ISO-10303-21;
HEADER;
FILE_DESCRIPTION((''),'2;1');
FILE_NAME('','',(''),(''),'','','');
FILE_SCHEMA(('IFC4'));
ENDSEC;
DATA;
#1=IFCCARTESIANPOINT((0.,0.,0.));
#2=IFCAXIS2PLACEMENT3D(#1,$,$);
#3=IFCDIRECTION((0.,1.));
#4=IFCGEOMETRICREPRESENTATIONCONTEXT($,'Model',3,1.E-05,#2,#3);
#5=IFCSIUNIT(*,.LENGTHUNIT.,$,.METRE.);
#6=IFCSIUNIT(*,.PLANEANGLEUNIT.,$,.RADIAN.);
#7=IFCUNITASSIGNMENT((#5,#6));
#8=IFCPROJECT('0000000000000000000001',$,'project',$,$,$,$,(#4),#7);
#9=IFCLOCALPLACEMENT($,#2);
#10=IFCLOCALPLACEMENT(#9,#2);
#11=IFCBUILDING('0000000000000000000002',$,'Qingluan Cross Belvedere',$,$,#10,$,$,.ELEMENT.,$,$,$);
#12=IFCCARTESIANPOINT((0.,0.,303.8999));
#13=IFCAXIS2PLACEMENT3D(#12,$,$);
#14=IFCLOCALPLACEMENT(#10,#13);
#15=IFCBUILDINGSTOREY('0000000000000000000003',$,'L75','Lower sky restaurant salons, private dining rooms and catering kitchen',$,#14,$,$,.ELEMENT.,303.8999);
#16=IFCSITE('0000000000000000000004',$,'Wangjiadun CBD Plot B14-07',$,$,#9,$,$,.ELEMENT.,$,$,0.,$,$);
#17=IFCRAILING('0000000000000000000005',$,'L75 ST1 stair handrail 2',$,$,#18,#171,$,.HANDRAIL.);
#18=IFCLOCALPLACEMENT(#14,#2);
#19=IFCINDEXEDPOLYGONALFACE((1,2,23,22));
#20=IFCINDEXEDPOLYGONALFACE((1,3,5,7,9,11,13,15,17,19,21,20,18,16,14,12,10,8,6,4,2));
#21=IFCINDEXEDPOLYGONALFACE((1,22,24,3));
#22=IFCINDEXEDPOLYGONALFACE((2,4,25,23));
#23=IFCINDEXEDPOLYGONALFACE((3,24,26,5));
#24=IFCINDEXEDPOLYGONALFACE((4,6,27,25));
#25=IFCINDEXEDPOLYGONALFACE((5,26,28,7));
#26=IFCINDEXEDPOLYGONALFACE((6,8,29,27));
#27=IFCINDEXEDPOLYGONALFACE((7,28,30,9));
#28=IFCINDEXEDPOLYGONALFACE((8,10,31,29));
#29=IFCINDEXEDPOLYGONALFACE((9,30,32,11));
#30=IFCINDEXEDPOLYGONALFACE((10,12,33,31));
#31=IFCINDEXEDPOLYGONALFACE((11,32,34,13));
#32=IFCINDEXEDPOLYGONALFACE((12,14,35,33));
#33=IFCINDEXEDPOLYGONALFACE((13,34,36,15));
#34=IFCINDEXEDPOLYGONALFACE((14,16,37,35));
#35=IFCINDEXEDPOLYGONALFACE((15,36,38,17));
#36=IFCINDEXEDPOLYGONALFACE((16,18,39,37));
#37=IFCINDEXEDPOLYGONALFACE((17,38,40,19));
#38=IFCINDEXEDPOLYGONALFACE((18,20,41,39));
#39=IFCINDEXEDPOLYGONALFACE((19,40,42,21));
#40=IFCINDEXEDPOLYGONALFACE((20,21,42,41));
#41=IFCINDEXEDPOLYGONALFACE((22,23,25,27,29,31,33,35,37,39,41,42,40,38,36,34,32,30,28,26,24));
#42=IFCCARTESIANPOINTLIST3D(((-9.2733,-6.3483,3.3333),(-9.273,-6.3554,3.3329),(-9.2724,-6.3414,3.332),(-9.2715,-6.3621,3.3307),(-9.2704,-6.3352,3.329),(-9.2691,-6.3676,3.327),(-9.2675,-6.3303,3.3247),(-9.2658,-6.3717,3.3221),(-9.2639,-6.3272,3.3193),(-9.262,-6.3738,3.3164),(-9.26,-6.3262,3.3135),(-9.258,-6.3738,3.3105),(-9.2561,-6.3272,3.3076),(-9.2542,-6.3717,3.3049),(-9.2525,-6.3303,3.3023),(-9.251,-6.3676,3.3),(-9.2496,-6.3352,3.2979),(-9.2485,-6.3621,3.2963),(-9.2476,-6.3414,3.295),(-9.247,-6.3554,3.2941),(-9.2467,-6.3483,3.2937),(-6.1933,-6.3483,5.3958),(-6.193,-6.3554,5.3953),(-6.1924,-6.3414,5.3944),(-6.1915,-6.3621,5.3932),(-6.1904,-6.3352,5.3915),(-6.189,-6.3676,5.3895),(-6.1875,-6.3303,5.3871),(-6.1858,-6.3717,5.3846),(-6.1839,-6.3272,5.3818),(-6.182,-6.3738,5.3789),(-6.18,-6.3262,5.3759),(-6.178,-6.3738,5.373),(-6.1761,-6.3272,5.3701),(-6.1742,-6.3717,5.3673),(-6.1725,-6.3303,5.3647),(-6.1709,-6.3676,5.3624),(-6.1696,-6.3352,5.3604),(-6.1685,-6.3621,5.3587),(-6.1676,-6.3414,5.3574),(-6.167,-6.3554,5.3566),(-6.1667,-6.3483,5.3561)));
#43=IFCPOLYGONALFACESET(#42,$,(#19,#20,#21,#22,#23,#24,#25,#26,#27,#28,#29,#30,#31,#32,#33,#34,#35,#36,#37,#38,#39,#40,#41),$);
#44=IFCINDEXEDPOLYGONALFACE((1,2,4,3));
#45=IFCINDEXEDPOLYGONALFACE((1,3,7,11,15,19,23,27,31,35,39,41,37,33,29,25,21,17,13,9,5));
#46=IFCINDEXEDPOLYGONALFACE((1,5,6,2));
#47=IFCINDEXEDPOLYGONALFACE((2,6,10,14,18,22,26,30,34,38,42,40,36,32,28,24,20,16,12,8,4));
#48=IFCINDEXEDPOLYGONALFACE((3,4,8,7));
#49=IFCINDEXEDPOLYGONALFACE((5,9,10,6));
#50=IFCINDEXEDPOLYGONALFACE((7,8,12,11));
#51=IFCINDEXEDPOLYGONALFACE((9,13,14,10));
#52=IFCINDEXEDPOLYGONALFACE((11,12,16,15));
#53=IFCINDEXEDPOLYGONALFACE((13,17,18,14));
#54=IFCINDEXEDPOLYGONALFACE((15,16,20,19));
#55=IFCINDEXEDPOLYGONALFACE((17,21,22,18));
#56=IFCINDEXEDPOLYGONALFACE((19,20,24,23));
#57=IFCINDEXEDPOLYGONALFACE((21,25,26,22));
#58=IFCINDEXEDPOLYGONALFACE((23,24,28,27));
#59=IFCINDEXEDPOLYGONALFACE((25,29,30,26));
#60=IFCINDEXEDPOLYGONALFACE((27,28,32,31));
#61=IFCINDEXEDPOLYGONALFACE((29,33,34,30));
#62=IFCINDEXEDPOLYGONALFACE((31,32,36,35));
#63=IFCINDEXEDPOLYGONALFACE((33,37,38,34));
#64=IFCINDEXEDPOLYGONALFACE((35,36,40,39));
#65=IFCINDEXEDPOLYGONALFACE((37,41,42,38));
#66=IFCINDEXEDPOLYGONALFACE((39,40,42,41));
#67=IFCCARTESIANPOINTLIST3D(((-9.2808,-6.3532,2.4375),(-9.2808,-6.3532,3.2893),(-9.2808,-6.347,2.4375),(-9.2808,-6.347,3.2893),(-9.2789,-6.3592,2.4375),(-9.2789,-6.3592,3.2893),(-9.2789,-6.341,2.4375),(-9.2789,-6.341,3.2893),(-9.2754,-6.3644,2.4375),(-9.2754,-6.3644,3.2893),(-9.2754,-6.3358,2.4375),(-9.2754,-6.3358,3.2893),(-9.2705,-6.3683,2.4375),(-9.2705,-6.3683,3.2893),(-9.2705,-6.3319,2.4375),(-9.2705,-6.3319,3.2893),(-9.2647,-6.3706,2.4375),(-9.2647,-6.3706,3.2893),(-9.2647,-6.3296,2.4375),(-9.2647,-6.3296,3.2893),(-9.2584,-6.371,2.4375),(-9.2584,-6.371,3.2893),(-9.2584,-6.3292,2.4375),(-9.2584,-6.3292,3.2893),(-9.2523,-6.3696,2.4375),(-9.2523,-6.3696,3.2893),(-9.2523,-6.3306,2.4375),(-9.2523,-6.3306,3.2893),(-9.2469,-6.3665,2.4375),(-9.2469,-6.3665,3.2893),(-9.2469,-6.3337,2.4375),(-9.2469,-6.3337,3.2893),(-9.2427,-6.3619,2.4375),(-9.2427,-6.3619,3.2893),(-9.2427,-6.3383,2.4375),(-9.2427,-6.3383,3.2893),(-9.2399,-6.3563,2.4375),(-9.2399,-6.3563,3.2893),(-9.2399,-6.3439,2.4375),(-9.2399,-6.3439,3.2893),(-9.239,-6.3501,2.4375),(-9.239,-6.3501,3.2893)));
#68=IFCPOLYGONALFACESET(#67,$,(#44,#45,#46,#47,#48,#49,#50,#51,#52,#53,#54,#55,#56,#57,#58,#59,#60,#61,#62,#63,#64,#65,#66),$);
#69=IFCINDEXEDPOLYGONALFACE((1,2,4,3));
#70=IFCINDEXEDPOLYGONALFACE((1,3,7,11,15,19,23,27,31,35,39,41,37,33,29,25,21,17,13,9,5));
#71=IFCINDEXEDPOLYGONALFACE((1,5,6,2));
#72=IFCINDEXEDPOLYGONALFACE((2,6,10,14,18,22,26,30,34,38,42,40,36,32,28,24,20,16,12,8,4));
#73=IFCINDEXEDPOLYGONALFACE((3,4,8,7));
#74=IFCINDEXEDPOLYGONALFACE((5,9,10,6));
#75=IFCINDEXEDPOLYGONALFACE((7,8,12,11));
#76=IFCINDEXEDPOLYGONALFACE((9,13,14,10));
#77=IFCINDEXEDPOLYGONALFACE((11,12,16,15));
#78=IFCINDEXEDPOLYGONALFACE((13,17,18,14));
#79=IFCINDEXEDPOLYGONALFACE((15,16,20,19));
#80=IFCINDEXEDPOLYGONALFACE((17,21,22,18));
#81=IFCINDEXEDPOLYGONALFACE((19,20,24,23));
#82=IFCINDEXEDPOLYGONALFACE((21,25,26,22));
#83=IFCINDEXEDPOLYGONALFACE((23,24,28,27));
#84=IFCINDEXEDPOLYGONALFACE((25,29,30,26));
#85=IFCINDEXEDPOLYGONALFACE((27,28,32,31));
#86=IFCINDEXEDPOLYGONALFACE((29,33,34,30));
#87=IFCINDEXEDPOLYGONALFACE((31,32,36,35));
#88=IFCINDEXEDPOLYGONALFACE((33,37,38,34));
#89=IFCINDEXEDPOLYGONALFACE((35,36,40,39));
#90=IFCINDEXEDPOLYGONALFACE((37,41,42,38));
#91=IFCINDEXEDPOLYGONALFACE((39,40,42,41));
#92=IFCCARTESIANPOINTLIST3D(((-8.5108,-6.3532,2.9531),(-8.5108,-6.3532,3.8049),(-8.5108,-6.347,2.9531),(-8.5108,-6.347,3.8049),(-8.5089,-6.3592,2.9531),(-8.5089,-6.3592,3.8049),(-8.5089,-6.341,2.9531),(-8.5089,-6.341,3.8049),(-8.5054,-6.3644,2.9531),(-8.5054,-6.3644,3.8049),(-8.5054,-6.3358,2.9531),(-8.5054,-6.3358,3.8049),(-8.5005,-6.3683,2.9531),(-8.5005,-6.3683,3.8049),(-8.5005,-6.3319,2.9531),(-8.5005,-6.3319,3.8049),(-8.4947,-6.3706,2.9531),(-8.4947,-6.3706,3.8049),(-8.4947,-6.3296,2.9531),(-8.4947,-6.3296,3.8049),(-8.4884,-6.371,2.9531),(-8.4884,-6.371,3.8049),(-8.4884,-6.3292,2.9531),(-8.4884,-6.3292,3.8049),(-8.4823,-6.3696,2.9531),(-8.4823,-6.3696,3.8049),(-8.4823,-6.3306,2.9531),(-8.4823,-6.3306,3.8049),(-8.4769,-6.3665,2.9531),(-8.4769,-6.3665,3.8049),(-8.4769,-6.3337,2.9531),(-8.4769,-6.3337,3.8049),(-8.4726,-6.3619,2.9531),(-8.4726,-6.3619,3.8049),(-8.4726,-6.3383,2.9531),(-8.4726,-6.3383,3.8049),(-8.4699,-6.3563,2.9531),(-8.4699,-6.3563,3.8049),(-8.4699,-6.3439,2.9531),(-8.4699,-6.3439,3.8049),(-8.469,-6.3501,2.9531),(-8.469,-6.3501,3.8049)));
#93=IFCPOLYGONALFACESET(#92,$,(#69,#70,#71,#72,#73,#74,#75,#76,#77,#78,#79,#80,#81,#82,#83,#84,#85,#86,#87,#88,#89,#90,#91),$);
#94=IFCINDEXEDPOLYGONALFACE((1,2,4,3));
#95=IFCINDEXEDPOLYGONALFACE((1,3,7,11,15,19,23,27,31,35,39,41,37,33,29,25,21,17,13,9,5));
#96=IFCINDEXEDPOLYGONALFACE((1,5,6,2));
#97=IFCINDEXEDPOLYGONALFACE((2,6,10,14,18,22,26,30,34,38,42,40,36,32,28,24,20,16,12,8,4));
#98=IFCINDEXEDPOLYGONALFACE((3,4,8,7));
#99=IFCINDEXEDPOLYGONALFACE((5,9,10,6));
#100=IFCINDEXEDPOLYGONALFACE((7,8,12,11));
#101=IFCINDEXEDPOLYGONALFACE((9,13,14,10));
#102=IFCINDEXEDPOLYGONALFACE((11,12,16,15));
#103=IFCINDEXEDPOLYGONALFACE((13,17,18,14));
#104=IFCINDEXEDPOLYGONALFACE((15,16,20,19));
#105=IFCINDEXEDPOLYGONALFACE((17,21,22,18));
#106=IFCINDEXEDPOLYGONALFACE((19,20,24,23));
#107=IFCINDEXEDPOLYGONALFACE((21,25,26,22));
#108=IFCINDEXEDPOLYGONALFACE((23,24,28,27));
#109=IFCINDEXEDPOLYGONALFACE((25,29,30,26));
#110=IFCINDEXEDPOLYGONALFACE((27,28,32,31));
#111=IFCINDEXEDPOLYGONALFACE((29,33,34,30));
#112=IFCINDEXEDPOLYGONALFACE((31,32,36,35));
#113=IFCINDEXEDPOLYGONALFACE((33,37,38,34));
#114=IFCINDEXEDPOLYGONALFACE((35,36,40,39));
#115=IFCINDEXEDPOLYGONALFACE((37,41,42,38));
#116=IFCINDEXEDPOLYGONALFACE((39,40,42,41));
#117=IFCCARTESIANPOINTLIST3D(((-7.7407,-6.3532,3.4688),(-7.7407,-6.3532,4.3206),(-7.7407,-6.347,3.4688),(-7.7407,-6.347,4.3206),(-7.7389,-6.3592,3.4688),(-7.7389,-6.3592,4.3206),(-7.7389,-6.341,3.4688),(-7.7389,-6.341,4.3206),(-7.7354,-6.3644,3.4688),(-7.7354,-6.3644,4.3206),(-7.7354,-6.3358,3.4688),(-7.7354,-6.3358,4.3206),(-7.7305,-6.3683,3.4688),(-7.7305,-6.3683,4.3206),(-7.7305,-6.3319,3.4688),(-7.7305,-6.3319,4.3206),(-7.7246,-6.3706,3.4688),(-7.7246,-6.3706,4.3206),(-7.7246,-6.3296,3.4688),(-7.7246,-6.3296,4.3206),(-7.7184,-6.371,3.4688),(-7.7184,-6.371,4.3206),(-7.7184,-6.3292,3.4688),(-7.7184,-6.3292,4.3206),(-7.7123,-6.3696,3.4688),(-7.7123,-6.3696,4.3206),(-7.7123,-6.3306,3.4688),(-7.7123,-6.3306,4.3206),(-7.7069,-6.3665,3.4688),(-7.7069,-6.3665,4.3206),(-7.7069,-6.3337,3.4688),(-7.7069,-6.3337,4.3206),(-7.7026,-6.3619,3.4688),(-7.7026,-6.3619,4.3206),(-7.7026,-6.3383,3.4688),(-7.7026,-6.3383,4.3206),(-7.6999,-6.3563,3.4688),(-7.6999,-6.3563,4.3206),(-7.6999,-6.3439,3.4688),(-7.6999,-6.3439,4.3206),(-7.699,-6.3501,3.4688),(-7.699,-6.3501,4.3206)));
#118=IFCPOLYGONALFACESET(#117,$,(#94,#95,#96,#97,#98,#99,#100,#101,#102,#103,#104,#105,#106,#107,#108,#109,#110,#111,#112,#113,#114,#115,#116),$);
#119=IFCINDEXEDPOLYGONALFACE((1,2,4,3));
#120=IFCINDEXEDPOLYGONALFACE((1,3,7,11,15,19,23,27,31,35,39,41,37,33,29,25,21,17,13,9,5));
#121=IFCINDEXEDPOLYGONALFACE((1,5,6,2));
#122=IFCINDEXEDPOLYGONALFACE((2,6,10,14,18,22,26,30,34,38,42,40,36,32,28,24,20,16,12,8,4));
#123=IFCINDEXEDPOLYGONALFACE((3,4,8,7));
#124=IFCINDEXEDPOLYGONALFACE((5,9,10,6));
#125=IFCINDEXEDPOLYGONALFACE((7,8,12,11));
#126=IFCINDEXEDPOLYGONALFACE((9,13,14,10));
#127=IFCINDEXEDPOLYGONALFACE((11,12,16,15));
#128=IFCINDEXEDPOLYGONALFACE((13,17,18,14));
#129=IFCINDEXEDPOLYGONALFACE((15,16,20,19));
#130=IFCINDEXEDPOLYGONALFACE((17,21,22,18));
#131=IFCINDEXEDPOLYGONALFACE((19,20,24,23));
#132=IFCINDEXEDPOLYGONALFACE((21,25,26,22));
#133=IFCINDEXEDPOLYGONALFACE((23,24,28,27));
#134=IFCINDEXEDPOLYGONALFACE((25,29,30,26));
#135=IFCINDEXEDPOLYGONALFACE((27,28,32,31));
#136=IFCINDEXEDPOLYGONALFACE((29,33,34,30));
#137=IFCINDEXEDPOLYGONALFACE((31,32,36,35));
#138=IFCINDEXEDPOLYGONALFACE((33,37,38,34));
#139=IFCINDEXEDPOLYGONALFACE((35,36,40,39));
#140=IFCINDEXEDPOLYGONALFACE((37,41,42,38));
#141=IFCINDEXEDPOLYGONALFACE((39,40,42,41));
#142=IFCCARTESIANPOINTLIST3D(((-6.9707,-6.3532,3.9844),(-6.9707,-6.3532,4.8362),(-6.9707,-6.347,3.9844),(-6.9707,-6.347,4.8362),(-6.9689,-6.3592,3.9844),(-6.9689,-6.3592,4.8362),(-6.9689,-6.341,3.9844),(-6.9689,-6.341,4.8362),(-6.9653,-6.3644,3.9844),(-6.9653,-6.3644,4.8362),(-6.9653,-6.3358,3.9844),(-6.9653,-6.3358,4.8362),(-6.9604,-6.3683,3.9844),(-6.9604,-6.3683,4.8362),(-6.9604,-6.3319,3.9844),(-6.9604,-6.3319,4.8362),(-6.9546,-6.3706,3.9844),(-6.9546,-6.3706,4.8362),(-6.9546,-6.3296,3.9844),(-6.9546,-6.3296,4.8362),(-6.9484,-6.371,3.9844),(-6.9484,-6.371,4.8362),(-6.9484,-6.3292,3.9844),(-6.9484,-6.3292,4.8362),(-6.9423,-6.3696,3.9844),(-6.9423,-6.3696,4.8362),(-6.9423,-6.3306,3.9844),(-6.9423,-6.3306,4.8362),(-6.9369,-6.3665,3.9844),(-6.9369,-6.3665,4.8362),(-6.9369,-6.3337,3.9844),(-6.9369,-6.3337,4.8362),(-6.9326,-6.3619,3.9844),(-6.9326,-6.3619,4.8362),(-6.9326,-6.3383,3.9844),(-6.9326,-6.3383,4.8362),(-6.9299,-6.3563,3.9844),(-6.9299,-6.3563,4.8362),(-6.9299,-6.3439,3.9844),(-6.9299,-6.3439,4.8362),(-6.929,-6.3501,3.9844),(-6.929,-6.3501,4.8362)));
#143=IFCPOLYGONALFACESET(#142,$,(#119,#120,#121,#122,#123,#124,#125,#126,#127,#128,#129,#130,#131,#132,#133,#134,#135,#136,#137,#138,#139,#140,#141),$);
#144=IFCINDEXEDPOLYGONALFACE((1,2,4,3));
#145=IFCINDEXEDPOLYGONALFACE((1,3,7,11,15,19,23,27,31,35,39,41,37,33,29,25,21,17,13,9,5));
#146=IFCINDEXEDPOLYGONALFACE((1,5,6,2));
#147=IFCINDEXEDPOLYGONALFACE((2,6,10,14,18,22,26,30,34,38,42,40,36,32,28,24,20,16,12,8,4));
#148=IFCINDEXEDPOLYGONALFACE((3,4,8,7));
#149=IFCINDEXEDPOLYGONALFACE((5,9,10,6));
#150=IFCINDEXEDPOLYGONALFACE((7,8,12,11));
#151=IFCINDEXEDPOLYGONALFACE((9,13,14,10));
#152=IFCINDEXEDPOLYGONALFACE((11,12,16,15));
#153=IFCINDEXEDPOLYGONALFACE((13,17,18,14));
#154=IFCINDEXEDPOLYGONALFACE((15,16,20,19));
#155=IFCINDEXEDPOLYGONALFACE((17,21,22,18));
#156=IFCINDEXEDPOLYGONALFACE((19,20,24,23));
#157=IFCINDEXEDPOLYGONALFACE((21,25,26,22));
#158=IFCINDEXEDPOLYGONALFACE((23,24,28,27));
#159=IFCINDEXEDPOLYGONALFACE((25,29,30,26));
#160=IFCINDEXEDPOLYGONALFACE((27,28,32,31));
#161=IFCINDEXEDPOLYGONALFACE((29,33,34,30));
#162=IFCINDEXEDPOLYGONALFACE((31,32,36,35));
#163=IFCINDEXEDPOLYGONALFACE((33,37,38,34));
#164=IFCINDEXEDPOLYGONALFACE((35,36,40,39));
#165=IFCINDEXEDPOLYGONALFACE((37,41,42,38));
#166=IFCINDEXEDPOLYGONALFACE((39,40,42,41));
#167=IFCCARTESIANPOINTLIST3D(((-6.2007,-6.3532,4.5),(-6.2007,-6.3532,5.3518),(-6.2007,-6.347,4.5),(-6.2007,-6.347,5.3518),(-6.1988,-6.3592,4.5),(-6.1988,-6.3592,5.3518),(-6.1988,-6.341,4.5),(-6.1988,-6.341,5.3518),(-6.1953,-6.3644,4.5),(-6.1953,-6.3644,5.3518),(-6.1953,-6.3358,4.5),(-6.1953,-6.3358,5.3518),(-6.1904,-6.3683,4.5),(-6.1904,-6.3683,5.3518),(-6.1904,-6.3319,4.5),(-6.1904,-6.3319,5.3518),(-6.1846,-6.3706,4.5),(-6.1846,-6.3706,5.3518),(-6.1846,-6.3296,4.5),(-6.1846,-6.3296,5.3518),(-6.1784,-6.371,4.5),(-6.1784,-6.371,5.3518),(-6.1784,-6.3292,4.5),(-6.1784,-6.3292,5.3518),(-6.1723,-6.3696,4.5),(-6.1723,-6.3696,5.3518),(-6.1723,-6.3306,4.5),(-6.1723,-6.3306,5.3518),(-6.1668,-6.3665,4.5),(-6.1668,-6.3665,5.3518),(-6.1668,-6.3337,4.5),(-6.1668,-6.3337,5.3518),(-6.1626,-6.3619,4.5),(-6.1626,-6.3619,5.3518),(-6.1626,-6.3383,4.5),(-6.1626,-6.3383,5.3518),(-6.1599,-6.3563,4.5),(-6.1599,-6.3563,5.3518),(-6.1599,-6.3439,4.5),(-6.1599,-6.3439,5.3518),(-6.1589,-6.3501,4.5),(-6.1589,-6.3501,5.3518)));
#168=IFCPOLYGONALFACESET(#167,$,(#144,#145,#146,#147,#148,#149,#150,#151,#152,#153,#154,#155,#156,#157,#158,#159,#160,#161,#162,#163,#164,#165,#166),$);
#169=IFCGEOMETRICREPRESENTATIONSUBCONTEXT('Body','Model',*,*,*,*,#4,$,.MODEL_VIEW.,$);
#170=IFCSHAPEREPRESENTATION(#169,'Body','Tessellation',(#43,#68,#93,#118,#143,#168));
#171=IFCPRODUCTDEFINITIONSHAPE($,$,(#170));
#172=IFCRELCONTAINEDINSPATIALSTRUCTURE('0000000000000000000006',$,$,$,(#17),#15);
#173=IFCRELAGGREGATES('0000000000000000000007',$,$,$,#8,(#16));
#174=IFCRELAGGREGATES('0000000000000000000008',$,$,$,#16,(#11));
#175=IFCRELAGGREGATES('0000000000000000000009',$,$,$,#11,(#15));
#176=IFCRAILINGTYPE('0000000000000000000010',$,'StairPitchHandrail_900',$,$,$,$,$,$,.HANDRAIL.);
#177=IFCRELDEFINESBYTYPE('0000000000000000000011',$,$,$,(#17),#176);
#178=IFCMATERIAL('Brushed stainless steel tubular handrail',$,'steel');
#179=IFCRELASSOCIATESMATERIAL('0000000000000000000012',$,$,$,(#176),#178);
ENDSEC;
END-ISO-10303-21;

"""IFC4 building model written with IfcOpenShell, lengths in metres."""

from ifc_helpers import new_model, si_unit, direction, frame, origin, origin_2d, place, context, subcontext, project, spatial, circle, extrude, material, type_object, element, save


model = new_model("IFC4")

# Units and contexts
model_context = context("Model", 3, precision=1e-05, world=origin(), true_north=direction((0.0, 1.0)))
body_context = subcontext(model_context, "Body", "Model", "MODEL_VIEW")
ifc_project = project(units=[si_unit("LENGTHUNIT", "METRE"), si_unit("PLANEANGLEUNIT", "RADIAN")], contexts=[model_context])

# Site, building, storey
site_placement = place(None, origin())
site = spatial("IfcSite", under=ifc_project, at=site_placement, Name="Wangjiadun CBD Plot B14-07", CompositionType="ELEMENT", RefElevation=0.0)
building_placement = place(site_placement, origin())
building = spatial("IfcBuilding", under=site, at=building_placement, Name="Qingluan Cross Belvedere", CompositionType="ELEMENT")
storey_placement = place(building_placement, frame((0.0, 0.0, 303.8999)))
storey = spatial("IfcBuildingStorey", under=building, at=storey_placement, Name="L75", Description="Lower sky restaurant salons, private dining rooms and catering kitchen", CompositionType="ELEMENT", Elevation=303.8999)

# Railing
ifc_material_1 = material(Name="Brushed stainless steel tubular handrail", Category="steel")
railing_type_1 = type_object("IfcRailingType", Name="StairPitchHandrail_900", PredefinedType="HANDRAIL", material=ifc_material_1)
railing_1_placement = place(storey_placement, frame((-9.26, -6.3501, 2.4375)))
element("IfcRailing", 1, at=railing_1_placement, inside=storey, type_object=railing_type_1, Name="L75 ST1 stair handrail 2", PredefinedType="HANDRAIL", context=body_context, shape_type="SweptSolid", body=[
    extrude(circle(Radius=0.0239, at=origin_2d()), frame((0.0, 0.0, 0.876), z_axis=(0.830914, 0.0, 0.556401), x_axis=(0.0, 1.0, 0.0)), (0.0, 0.0, 1.0), 3.7068),
    extrude(circle(Radius=0.021, at=origin_2d()), origin(), (0.0, 0.0, 1.0), 0.8518),
    extrude(circle(Radius=0.021, at=origin_2d()), frame((0.77, 0.0, 0.5156)), (0.0, 0.0, 1.0), 0.8518),
    extrude(circle(Radius=0.021, at=origin_2d()), frame((1.54, 0.0, 1.0312)), (0.0, 0.0, 1.0), 0.8518),
    extrude(circle(Radius=0.021, at=origin_2d()), frame((2.3101, 0.0, 1.5469)), (0.0, 0.0, 1.0), 0.8518),
    extrude(circle(Radius=0.021, at=origin_2d()), frame((3.0801, 0.0, 2.0625)), (0.0, 0.0, 1.0), 0.8518),
])

save(model, "model.ifc")
